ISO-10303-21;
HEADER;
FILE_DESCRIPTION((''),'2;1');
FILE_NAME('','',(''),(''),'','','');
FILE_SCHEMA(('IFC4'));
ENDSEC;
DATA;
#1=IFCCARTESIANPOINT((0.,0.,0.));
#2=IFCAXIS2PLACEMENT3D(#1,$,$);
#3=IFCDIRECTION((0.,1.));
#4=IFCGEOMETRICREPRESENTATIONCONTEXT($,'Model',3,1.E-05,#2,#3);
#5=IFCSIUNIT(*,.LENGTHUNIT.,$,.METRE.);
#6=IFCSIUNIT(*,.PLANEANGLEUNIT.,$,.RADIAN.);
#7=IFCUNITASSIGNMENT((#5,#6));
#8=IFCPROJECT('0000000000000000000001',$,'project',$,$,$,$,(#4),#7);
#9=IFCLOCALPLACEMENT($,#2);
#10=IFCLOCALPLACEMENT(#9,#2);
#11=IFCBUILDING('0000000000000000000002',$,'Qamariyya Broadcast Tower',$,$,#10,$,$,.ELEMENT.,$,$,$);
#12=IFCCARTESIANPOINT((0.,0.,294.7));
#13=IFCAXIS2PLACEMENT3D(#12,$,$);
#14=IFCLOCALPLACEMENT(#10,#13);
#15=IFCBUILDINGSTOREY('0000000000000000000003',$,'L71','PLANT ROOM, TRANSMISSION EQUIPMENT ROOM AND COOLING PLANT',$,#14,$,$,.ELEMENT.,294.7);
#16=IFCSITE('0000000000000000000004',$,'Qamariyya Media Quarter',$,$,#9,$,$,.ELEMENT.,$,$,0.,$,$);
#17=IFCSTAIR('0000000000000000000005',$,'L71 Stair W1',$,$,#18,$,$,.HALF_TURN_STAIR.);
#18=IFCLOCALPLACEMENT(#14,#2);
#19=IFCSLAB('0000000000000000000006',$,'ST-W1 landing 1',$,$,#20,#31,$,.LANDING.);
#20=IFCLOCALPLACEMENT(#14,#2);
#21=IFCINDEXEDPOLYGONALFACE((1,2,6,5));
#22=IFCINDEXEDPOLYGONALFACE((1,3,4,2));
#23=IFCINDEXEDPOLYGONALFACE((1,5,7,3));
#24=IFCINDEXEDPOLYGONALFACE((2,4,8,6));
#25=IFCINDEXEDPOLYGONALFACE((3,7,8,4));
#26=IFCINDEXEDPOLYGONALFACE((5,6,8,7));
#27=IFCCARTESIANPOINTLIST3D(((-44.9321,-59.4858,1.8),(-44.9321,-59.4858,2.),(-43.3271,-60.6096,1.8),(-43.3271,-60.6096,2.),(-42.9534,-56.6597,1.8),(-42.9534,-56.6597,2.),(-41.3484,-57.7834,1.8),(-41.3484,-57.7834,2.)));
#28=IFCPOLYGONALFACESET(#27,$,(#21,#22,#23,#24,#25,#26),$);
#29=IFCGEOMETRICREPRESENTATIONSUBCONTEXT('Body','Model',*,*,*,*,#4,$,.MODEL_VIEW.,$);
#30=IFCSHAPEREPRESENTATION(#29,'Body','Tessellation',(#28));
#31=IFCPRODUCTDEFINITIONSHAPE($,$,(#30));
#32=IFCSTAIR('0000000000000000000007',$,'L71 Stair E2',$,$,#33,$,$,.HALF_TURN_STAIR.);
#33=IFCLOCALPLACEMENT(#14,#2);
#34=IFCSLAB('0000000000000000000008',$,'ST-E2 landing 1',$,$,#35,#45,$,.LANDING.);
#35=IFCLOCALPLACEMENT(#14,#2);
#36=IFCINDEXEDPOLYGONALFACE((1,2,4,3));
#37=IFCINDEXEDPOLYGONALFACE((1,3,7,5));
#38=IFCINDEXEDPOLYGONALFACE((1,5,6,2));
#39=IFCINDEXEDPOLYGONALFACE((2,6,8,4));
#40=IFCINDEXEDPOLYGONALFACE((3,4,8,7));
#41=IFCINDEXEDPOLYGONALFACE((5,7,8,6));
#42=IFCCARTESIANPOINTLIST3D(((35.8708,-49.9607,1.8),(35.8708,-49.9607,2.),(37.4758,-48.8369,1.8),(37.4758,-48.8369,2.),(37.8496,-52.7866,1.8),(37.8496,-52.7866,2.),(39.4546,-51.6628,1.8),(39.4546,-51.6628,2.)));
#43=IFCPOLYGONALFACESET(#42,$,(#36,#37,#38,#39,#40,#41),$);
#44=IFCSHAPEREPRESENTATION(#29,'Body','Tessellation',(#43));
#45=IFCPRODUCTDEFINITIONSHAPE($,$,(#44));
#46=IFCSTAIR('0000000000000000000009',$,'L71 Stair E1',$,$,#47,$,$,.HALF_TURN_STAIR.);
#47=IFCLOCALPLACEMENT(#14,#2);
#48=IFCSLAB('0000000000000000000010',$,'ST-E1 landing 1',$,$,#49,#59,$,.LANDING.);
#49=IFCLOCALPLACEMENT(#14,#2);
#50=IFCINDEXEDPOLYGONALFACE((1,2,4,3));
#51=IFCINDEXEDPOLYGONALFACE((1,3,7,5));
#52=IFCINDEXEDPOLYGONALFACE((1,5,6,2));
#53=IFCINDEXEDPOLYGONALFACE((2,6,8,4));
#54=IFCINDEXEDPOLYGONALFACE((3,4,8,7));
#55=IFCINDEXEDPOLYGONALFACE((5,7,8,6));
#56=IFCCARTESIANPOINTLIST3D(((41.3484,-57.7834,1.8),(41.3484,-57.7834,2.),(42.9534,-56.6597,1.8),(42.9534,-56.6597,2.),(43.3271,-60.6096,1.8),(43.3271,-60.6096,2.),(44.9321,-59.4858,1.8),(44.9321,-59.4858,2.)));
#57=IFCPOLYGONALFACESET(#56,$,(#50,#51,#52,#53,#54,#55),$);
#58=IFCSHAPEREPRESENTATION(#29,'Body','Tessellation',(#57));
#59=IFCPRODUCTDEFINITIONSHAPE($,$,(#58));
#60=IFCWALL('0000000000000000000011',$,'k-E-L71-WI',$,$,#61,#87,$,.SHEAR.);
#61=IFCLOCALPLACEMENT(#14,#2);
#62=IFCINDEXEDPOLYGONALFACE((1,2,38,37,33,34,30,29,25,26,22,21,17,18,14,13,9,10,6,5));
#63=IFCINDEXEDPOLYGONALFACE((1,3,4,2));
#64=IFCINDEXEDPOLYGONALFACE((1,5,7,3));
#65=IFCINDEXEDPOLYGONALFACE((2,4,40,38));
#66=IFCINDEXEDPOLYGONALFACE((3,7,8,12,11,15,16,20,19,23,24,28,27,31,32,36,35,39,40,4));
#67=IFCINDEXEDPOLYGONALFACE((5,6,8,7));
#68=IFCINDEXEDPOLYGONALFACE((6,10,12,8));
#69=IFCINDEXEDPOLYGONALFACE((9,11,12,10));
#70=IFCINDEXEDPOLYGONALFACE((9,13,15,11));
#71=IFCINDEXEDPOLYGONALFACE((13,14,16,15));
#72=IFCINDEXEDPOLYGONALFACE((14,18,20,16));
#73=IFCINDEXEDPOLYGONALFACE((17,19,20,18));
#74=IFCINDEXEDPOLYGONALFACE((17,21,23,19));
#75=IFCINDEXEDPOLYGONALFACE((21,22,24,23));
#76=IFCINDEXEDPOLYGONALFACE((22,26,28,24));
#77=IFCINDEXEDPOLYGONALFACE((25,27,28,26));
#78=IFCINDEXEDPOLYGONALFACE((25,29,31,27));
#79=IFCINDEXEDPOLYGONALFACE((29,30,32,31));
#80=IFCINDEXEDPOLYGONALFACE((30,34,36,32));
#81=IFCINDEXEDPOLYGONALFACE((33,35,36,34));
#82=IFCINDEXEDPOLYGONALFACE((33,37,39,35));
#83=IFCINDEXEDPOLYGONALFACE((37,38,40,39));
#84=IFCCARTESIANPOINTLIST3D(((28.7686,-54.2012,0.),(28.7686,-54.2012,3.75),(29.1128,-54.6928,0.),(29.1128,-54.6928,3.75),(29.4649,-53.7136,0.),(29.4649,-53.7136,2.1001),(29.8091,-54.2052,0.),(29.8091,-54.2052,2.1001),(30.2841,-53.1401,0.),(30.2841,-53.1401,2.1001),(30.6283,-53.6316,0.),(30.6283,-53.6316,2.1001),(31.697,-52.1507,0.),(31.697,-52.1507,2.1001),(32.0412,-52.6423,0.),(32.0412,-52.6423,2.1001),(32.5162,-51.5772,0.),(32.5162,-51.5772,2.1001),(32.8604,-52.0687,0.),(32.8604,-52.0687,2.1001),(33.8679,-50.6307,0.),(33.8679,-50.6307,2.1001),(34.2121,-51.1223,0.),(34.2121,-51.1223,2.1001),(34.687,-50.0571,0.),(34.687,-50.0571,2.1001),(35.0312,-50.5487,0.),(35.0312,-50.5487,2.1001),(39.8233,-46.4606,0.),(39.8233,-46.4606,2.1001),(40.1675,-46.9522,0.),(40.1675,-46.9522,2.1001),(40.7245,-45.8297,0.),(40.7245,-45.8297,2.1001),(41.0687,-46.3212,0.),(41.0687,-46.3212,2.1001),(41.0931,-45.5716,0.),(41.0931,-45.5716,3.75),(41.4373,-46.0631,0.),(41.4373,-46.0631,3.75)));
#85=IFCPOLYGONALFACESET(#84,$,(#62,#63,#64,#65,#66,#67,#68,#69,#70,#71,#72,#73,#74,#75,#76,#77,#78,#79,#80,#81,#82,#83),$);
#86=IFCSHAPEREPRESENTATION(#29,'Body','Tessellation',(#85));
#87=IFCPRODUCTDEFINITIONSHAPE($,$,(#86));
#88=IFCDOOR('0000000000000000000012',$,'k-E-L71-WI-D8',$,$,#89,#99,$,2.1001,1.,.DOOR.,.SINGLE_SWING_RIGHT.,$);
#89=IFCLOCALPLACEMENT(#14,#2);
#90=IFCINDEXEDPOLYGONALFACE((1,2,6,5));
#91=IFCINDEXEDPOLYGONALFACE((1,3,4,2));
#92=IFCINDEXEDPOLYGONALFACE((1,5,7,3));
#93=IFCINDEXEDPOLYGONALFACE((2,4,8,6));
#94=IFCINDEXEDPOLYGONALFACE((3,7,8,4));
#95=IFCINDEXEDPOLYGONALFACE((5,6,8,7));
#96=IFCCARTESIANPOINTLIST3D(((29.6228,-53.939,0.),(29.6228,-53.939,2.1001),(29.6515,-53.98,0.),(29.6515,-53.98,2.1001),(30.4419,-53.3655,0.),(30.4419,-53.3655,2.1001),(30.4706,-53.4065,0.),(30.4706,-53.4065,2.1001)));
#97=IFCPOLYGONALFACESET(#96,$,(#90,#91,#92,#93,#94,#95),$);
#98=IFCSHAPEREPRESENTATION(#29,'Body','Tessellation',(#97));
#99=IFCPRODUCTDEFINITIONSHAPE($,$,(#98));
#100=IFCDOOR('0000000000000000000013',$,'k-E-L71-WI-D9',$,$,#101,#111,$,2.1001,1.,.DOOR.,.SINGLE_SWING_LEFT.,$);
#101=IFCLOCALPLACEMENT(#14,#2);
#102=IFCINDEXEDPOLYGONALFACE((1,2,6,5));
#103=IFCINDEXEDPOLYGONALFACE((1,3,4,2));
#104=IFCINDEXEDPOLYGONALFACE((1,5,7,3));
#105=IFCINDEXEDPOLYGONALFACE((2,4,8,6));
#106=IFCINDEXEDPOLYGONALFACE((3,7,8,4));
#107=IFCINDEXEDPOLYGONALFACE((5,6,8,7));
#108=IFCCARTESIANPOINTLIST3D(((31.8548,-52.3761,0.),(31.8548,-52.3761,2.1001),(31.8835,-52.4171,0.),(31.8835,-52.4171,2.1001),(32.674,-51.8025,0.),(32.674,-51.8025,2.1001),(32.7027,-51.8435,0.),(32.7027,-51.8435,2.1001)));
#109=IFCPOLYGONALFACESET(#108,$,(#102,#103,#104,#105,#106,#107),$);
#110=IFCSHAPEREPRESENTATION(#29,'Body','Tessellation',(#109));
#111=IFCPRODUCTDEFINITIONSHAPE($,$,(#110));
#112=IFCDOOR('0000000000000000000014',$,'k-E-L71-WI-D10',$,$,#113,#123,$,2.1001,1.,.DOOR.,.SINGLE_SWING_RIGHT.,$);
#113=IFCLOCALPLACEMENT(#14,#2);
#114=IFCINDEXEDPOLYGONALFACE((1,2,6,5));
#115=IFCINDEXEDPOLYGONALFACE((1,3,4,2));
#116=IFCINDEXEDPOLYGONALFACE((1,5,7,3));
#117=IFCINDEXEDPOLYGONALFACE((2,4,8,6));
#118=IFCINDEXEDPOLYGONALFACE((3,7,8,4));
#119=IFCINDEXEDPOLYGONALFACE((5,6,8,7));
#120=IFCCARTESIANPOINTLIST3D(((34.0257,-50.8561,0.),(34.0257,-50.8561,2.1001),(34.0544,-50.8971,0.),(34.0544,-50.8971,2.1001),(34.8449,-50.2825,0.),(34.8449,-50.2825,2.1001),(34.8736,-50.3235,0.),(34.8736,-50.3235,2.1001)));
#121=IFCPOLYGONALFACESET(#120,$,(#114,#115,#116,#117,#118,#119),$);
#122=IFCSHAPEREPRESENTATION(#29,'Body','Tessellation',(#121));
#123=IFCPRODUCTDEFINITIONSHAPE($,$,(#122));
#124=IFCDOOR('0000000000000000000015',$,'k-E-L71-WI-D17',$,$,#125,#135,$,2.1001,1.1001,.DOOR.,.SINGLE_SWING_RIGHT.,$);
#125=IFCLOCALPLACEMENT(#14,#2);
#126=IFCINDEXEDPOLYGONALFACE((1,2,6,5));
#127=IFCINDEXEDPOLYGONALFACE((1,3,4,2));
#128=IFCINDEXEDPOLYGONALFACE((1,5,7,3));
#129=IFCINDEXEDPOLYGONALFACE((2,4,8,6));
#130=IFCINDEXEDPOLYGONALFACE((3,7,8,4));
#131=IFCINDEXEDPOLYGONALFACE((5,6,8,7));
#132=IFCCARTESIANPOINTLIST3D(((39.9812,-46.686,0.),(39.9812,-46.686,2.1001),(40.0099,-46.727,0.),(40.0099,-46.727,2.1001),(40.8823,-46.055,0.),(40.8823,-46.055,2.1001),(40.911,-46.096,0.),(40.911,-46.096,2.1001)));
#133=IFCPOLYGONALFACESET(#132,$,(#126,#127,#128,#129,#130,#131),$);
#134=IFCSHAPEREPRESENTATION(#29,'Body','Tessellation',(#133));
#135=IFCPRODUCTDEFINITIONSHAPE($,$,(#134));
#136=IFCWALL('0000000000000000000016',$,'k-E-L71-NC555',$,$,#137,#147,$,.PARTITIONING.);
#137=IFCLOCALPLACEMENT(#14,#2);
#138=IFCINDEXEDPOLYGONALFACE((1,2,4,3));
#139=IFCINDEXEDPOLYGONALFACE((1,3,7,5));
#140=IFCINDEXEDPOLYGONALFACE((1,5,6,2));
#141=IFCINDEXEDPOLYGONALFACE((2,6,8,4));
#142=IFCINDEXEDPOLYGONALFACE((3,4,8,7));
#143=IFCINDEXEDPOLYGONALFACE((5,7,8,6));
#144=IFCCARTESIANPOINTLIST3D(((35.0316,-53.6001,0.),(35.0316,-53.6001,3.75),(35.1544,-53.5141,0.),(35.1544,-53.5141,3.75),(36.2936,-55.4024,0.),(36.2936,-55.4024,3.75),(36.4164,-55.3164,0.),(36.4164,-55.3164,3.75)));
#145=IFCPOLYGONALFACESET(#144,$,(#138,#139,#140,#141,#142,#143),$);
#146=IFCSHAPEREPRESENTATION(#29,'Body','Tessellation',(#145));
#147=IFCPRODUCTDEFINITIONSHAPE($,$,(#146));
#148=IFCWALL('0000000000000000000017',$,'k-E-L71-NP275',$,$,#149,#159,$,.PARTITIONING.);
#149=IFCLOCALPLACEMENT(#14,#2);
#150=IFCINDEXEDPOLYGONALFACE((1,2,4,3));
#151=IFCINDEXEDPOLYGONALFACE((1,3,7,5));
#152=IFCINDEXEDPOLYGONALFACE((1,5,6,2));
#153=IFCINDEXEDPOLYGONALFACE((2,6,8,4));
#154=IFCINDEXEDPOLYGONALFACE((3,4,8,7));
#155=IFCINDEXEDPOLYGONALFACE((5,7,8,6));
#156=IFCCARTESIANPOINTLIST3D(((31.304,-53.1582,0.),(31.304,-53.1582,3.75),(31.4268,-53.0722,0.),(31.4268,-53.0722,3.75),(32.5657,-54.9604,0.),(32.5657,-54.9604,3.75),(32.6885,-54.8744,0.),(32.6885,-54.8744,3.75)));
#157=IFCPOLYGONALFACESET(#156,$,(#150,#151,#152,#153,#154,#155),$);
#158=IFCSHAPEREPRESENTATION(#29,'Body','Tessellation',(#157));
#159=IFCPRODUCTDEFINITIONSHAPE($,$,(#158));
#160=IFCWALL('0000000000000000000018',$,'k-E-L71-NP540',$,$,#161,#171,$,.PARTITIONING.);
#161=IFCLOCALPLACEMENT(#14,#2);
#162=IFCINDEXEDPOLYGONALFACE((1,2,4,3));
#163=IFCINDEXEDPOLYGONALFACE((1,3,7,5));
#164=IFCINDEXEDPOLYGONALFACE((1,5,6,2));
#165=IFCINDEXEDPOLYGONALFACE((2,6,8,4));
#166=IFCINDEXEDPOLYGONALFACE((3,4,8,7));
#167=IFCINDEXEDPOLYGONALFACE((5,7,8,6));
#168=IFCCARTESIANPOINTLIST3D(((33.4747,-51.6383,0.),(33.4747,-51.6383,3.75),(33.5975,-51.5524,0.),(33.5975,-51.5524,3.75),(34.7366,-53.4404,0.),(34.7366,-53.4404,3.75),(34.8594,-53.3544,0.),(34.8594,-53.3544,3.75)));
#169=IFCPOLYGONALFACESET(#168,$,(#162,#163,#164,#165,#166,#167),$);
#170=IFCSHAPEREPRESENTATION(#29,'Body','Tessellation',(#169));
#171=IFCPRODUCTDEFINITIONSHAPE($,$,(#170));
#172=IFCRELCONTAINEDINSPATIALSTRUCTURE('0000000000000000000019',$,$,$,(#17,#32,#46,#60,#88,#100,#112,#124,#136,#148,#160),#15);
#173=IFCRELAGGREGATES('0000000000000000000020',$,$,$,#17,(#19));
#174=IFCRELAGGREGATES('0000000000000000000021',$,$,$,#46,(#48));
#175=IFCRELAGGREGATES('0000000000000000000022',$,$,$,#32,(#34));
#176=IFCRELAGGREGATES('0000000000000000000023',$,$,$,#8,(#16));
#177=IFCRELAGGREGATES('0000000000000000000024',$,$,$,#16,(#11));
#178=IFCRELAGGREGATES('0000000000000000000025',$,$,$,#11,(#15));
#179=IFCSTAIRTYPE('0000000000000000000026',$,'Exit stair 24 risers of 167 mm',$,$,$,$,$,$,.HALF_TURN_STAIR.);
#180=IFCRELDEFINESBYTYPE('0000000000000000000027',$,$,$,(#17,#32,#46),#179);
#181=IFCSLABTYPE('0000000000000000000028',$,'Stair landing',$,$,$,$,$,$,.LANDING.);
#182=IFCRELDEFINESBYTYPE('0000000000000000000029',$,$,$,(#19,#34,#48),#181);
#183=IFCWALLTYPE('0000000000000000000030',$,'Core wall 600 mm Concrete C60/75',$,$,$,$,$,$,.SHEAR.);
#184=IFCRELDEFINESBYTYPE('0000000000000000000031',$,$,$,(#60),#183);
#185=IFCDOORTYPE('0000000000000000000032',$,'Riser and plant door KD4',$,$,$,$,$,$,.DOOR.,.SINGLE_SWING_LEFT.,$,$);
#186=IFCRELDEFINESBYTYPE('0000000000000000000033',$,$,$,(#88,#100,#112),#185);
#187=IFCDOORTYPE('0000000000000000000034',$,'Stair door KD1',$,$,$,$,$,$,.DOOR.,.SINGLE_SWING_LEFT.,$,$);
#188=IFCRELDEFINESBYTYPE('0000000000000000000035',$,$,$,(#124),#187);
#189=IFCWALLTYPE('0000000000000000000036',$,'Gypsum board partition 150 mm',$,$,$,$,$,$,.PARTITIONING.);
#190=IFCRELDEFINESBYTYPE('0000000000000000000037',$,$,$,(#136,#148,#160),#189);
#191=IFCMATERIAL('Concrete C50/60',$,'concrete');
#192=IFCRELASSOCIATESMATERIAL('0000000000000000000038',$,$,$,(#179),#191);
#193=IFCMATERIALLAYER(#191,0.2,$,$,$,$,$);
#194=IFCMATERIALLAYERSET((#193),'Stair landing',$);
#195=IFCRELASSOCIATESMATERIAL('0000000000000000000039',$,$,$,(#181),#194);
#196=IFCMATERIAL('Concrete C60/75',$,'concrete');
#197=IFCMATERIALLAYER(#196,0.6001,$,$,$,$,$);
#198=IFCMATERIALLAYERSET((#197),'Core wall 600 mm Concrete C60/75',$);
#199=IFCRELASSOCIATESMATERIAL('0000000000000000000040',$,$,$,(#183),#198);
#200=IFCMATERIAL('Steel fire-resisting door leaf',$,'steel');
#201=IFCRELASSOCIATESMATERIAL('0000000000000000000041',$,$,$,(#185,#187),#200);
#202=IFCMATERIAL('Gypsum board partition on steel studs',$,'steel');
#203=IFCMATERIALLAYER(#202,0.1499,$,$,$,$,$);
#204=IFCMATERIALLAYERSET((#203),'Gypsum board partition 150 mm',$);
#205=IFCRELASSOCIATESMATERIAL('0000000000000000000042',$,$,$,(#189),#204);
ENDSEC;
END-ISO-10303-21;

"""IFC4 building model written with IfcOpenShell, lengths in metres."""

from ifc_helpers import new_model, si_unit, direction, frame, frame_2d, origin, place, context, subcontext, project, spatial, polyline, rectangle, outline, extrude, material, layer, layer_set, type_object, element, fill, aggregate, save


model = new_model("IFC4")

# Units and contexts
model_context = context("Model", 3, precision=1e-05, world=origin(), true_north=direction((0.0, 1.0)))
body_context = subcontext(model_context, "Body", "Model", "MODEL_VIEW")
ifc_project = project(units=[si_unit("LENGTHUNIT", "METRE"), si_unit("PLANEANGLEUNIT", "RADIAN")], contexts=[model_context])

# Site, building, storey
site_placement = place(None, origin())
site = spatial("IfcSite", under=ifc_project, at=site_placement, Name="Qamariyya Media Quarter", CompositionType="ELEMENT", RefElevation=0.0)
building_placement = place(site_placement, origin())
building = spatial("IfcBuilding", under=site, at=building_placement, Name="Qamariyya Broadcast Tower", CompositionType="ELEMENT")
storey_placement = place(building_placement, frame((0.0, 0.0, 294.7)))
storey = spatial("IfcBuildingStorey", under=building, at=storey_placement, Name="L71", Description="PLANT ROOM, TRANSMISSION EQUIPMENT ROOM AND COOLING PLANT", CompositionType="ELEMENT", Elevation=294.7)

# Shared definitions
ifc_material_1 = material(Name="Concrete C50/60", Category="concrete")

# Stairs, slabs
stair_type = type_object("IfcStairType", Name="Exit stair 24 risers of 167 mm", PredefinedType="HALF_TURN_STAIR", material=ifc_material_1)
ifc_layer_1 = layer(ifc_material_1, 0.2)
ifc_layer_set_1 = layer_set([ifc_layer_1], Name="Stair landing")
slab_type_1 = type_object("IfcSlabType", Name="Stair landing", PredefinedType="LANDING", material=ifc_layer_set_1)
stair_1_placement = place(storey_placement, origin())
stair_1 = element("IfcStair", 1, at=stair_1_placement, inside=storey, type_object=stair_type, Name="L71 Stair W1", PredefinedType="HALF_TURN_STAIR")
slab_1_placement = place(storey_placement, frame((0.0, 0.0, 1.8)))
slab_1 = element("IfcSlab", 2, at=slab_1_placement, type_object=slab_type_1, Name="ST-W1 landing 1", PredefinedType="LANDING", context=body_context, shape_type="SweptSolid", body=[
    extrude(outline(polyline([(-44.9321, -59.4858), (-43.3271, -60.6096), (-41.3484, -57.7834), (-42.9534, -56.6597), (-44.9321, -59.4858)])), origin(), (0.0, 0.0, 1.0), 0.2),
])
aggregate(stair_1, [slab_1])
stair_2_placement = place(storey_placement, origin())
stair_2 = element("IfcStair", 3, at=stair_2_placement, inside=storey, type_object=stair_type, Name="L71 Stair E2", PredefinedType="HALF_TURN_STAIR")
slab_2_placement = place(storey_placement, frame((0.0, 0.0, 1.8)))
slab_2 = element("IfcSlab", 4, at=slab_2_placement, type_object=slab_type_1, Name="ST-E2 landing 1", PredefinedType="LANDING", context=body_context, shape_type="SweptSolid", body=[
    extrude(outline(polyline([(37.4758, -48.8369), (35.8708, -49.9607), (37.8496, -52.7866), (39.4546, -51.6628), (37.4758, -48.8369)])), origin(), (0.0, 0.0, 1.0), 0.2),
])
stair_3_placement = place(storey_placement, origin())
stair_3 = element("IfcStair", 5, at=stair_3_placement, inside=storey, type_object=stair_type, Name="L71 Stair E1", PredefinedType="HALF_TURN_STAIR")
slab_3_placement = place(storey_placement, frame((0.0, 0.0, 1.8)))
slab_3 = element("IfcSlab", 6, at=slab_3_placement, type_object=slab_type_1, Name="ST-E1 landing 1", PredefinedType="LANDING", context=body_context, shape_type="SweptSolid", body=[
    extrude(outline(polyline([(42.9534, -56.6597), (41.3484, -57.7834), (43.3271, -60.6096), (44.9321, -59.4858), (42.9534, -56.6597)])), origin(), (0.0, 0.0, 1.0), 0.2),
])
aggregate(stair_3, [slab_3])

# Wall, openings, doors
ifc_material_2 = material(Name="Concrete C60/75", Category="concrete")
ifc_layer_2 = layer(ifc_material_2, 0.6001)
ifc_layer_set_2 = layer_set([ifc_layer_2], Name="Core wall 600 mm Concrete C60/75")
wall_type_1 = type_object("IfcWallType", Name="Core wall 600 mm Concrete C60/75", PredefinedType="SHEAR", material=ifc_layer_set_2)
wall_1_placement = place(storey_placement, frame((28.9407, -54.447, 0.0), z_axis=(0.0, 0.0, 1.0), x_axis=(0.819153, 0.573575, 0.0)))
wall_1 = element("IfcWall", 7, at=wall_1_placement, inside=storey, type_object=wall_type_1, Name="k-E-L71-WI", PredefinedType="SHEAR", context=body_context, shape_type="SweptSolid", body=[
    extrude(rectangle(XDim=15.0454, YDim=0.6001, at=frame_2d((7.5227, 0.0))), origin(), (0.0, 0.0, 1.0), 3.75),
])
opening_1_placement = place(wall_1_placement, frame((0.8501, 0.0, 0.0)))
opening_1 = element("IfcOpeningElement", 8, at=opening_1_placement, cuts=wall_1, PredefinedType="OPENING", context=body_context, shape_type="SweptSolid", body=[
    extrude(rectangle(XDim=1.0, YDim=2.1001, at=frame_2d((0.5, 1.05))), frame((0.0, 0.3101, 0.0), z_axis=(0.0, -1.0, 0.0), x_axis=(1.0, 0.0, 0.0)), (0.0, 0.0, 1.0), 0.6201),
])
opening_2_placement = place(wall_1_placement, frame((3.575, 0.0, 0.0)))
opening_2 = element("IfcOpeningElement", 9, at=opening_2_placement, cuts=wall_1, PredefinedType="OPENING", context=body_context, shape_type="SweptSolid", body=[
    extrude(rectangle(XDim=1.0, YDim=2.1001, at=frame_2d((0.5, 1.05))), frame((0.0, 0.3101, 0.0), z_axis=(0.0, -1.0, 0.0), x_axis=(1.0, 0.0, 0.0)), (0.0, 0.0, 1.0), 0.6201),
])
opening_3_placement = place(wall_1_placement, frame((6.2251, 0.0, 0.0)))
opening_3 = element("IfcOpeningElement", 10, at=opening_3_placement, cuts=wall_1, PredefinedType="OPENING", context=body_context, shape_type="SweptSolid", body=[
    extrude(rectangle(XDim=1.0, YDim=2.1001, at=frame_2d((0.5, 1.05))), frame((0.0, 0.3101, 0.0), z_axis=(0.0, -1.0, 0.0), x_axis=(1.0, 0.0, 0.0)), (0.0, 0.0, 1.0), 0.6201),
])
opening_4_placement = place(wall_1_placement, frame((13.4954, 0.0, 0.0)))
opening_4 = element("IfcOpeningElement", 11, at=opening_4_placement, cuts=wall_1, PredefinedType="OPENING", context=body_context, shape_type="SweptSolid", body=[
    extrude(rectangle(XDim=1.1001, YDim=2.1001, at=frame_2d((0.55, 1.05))), frame((0.0, 0.3101, 0.0), z_axis=(0.0, -1.0, 0.0), x_axis=(1.0, 0.0, 0.0)), (0.0, 0.0, 1.0), 0.6201),
])
ifc_material_3 = material(Name="Steel fire-resisting door leaf", Category="steel")
door_type_1 = type_object("IfcDoorType", Name="Riser and plant door KD4", OperationType="SINGLE_SWING_LEFT", PredefinedType="DOOR", material=ifc_material_3)
door_1_placement = place(opening_1_placement, origin())
door_1 = element("IfcDoor", 12, at=door_1_placement, inside=storey, type_object=door_type_1, Name="k-E-L71-WI-D8", OperationType="SINGLE_SWING_RIGHT", OverallHeight=2.1001, OverallWidth=1.0, PredefinedType="DOOR", context=body_context, shape_type="SweptSolid", body=[
    extrude(rectangle(XDim=1.0, YDim=2.1001, at=frame_2d((0.5, 1.05))), frame((0.0, 0.0249, 0.0), z_axis=(0.0, -1.0, 0.0), x_axis=(1.0, 0.0, 0.0)), (0.0, 0.0, 1.0), 0.05),
])
fill(opening_1, door_1)
door_2_placement = place(opening_2_placement, origin())
door_2 = element("IfcDoor", 13, at=door_2_placement, inside=storey, type_object=door_type_1, Name="k-E-L71-WI-D9", OperationType="SINGLE_SWING_LEFT", OverallHeight=2.1001, OverallWidth=1.0, PredefinedType="DOOR", context=body_context, shape_type="SweptSolid", body=[
    extrude(rectangle(XDim=1.0, YDim=2.1001, at=frame_2d((0.5, 1.05))), frame((0.0, 0.0249, 0.0), z_axis=(0.0, -1.0, 0.0), x_axis=(1.0, 0.0, 0.0)), (0.0, 0.0, 1.0), 0.05),
])
fill(opening_2, door_2)
door_3_placement = place(opening_3_placement, origin())
door_3 = element("IfcDoor", 14, at=door_3_placement, inside=storey, type_object=door_type_1, Name="k-E-L71-WI-D10", OperationType="SINGLE_SWING_RIGHT", OverallHeight=2.1001, OverallWidth=1.0, PredefinedType="DOOR", context=body_context, shape_type="SweptSolid", body=[
    extrude(rectangle(XDim=1.0, YDim=2.1001, at=frame_2d((0.5, 1.05))), frame((0.0, 0.0249, 0.0), z_axis=(0.0, -1.0, 0.0), x_axis=(1.0, 0.0, 0.0)), (0.0, 0.0, 1.0), 0.05),
])
fill(opening_3, door_3)
door_type_2 = type_object("IfcDoorType", Name="Stair door KD1", OperationType="SINGLE_SWING_LEFT", PredefinedType="DOOR", material=ifc_material_3)
door_4_placement = place(opening_4_placement, origin())
door_4 = element("IfcDoor", 15, at=door_4_placement, inside=storey, type_object=door_type_2, Name="k-E-L71-WI-D17", OperationType="SINGLE_SWING_RIGHT", OverallHeight=2.1001, OverallWidth=1.1001, PredefinedType="DOOR", context=body_context, shape_type="SweptSolid", body=[
    extrude(rectangle(XDim=1.1001, YDim=2.1001, at=frame_2d((0.55, 1.05))), frame((0.0, 0.0249, 0.0), z_axis=(0.0, -1.0, 0.0), x_axis=(1.0, 0.0, 0.0)), (0.0, 0.0, 1.0), 0.05),
])
fill(opening_4, door_4)

# Walls
ifc_material_4 = material(Name="Gypsum board partition on steel studs", Category="steel")
ifc_layer_3 = layer(ifc_material_4, 0.1499)
ifc_layer_set_3 = layer_set([ifc_layer_3], Name="Gypsum board partition 150 mm")
wall_type_2 = type_object("IfcWallType", Name="Gypsum board partition 150 mm", PredefinedType="PARTITIONING", material=ifc_layer_set_3)
wall_2_placement = place(storey_placement, frame((36.355, -55.3594, 0.0), z_axis=(0.0, 0.0, 1.0), x_axis=(-0.573581, 0.819149, 0.0)))
element("IfcWall", 16, at=wall_2_placement, inside=storey, type_object=wall_type_2, Name="k-E-L71-NC555", PredefinedType="PARTITIONING", context=body_context, shape_type="SweptSolid", body=[
    extrude(rectangle(XDim=2.2002, YDim=0.1499, at=frame_2d((1.1001, 0.0))), origin(), (0.0, 0.0, 1.0), 3.75),
])
for number, where, z_axis, x_axis, name in (
    (17, (32.6272, -54.9175, 0.0), (0.0, 0.0, 1.0), (-0.573507, 0.819201, 0.0), "k-E-L71-NP275"),
    (18, (34.7981, -53.3975, 0.0), (0.0, 0.0, 1.0), (-0.573634, 0.819112, 0.0), "k-E-L71-NP540"),
):
    element("IfcWall", number, at=place(storey_placement, frame(where, z_axis=z_axis, x_axis=x_axis)), inside=storey, type_object=wall_type_2, Name=name, PredefinedType="PARTITIONING", context=body_context, shape_type="SweptSolid", body=[
        extrude(rectangle(XDim=2.2, YDim=0.1499, at=frame_2d((1.1001, 0.0))), origin(), (0.0, 0.0, 1.0), 3.75),
    ])

aggregate(stair_2, [slab_2])

save(model, "model.ifc")
